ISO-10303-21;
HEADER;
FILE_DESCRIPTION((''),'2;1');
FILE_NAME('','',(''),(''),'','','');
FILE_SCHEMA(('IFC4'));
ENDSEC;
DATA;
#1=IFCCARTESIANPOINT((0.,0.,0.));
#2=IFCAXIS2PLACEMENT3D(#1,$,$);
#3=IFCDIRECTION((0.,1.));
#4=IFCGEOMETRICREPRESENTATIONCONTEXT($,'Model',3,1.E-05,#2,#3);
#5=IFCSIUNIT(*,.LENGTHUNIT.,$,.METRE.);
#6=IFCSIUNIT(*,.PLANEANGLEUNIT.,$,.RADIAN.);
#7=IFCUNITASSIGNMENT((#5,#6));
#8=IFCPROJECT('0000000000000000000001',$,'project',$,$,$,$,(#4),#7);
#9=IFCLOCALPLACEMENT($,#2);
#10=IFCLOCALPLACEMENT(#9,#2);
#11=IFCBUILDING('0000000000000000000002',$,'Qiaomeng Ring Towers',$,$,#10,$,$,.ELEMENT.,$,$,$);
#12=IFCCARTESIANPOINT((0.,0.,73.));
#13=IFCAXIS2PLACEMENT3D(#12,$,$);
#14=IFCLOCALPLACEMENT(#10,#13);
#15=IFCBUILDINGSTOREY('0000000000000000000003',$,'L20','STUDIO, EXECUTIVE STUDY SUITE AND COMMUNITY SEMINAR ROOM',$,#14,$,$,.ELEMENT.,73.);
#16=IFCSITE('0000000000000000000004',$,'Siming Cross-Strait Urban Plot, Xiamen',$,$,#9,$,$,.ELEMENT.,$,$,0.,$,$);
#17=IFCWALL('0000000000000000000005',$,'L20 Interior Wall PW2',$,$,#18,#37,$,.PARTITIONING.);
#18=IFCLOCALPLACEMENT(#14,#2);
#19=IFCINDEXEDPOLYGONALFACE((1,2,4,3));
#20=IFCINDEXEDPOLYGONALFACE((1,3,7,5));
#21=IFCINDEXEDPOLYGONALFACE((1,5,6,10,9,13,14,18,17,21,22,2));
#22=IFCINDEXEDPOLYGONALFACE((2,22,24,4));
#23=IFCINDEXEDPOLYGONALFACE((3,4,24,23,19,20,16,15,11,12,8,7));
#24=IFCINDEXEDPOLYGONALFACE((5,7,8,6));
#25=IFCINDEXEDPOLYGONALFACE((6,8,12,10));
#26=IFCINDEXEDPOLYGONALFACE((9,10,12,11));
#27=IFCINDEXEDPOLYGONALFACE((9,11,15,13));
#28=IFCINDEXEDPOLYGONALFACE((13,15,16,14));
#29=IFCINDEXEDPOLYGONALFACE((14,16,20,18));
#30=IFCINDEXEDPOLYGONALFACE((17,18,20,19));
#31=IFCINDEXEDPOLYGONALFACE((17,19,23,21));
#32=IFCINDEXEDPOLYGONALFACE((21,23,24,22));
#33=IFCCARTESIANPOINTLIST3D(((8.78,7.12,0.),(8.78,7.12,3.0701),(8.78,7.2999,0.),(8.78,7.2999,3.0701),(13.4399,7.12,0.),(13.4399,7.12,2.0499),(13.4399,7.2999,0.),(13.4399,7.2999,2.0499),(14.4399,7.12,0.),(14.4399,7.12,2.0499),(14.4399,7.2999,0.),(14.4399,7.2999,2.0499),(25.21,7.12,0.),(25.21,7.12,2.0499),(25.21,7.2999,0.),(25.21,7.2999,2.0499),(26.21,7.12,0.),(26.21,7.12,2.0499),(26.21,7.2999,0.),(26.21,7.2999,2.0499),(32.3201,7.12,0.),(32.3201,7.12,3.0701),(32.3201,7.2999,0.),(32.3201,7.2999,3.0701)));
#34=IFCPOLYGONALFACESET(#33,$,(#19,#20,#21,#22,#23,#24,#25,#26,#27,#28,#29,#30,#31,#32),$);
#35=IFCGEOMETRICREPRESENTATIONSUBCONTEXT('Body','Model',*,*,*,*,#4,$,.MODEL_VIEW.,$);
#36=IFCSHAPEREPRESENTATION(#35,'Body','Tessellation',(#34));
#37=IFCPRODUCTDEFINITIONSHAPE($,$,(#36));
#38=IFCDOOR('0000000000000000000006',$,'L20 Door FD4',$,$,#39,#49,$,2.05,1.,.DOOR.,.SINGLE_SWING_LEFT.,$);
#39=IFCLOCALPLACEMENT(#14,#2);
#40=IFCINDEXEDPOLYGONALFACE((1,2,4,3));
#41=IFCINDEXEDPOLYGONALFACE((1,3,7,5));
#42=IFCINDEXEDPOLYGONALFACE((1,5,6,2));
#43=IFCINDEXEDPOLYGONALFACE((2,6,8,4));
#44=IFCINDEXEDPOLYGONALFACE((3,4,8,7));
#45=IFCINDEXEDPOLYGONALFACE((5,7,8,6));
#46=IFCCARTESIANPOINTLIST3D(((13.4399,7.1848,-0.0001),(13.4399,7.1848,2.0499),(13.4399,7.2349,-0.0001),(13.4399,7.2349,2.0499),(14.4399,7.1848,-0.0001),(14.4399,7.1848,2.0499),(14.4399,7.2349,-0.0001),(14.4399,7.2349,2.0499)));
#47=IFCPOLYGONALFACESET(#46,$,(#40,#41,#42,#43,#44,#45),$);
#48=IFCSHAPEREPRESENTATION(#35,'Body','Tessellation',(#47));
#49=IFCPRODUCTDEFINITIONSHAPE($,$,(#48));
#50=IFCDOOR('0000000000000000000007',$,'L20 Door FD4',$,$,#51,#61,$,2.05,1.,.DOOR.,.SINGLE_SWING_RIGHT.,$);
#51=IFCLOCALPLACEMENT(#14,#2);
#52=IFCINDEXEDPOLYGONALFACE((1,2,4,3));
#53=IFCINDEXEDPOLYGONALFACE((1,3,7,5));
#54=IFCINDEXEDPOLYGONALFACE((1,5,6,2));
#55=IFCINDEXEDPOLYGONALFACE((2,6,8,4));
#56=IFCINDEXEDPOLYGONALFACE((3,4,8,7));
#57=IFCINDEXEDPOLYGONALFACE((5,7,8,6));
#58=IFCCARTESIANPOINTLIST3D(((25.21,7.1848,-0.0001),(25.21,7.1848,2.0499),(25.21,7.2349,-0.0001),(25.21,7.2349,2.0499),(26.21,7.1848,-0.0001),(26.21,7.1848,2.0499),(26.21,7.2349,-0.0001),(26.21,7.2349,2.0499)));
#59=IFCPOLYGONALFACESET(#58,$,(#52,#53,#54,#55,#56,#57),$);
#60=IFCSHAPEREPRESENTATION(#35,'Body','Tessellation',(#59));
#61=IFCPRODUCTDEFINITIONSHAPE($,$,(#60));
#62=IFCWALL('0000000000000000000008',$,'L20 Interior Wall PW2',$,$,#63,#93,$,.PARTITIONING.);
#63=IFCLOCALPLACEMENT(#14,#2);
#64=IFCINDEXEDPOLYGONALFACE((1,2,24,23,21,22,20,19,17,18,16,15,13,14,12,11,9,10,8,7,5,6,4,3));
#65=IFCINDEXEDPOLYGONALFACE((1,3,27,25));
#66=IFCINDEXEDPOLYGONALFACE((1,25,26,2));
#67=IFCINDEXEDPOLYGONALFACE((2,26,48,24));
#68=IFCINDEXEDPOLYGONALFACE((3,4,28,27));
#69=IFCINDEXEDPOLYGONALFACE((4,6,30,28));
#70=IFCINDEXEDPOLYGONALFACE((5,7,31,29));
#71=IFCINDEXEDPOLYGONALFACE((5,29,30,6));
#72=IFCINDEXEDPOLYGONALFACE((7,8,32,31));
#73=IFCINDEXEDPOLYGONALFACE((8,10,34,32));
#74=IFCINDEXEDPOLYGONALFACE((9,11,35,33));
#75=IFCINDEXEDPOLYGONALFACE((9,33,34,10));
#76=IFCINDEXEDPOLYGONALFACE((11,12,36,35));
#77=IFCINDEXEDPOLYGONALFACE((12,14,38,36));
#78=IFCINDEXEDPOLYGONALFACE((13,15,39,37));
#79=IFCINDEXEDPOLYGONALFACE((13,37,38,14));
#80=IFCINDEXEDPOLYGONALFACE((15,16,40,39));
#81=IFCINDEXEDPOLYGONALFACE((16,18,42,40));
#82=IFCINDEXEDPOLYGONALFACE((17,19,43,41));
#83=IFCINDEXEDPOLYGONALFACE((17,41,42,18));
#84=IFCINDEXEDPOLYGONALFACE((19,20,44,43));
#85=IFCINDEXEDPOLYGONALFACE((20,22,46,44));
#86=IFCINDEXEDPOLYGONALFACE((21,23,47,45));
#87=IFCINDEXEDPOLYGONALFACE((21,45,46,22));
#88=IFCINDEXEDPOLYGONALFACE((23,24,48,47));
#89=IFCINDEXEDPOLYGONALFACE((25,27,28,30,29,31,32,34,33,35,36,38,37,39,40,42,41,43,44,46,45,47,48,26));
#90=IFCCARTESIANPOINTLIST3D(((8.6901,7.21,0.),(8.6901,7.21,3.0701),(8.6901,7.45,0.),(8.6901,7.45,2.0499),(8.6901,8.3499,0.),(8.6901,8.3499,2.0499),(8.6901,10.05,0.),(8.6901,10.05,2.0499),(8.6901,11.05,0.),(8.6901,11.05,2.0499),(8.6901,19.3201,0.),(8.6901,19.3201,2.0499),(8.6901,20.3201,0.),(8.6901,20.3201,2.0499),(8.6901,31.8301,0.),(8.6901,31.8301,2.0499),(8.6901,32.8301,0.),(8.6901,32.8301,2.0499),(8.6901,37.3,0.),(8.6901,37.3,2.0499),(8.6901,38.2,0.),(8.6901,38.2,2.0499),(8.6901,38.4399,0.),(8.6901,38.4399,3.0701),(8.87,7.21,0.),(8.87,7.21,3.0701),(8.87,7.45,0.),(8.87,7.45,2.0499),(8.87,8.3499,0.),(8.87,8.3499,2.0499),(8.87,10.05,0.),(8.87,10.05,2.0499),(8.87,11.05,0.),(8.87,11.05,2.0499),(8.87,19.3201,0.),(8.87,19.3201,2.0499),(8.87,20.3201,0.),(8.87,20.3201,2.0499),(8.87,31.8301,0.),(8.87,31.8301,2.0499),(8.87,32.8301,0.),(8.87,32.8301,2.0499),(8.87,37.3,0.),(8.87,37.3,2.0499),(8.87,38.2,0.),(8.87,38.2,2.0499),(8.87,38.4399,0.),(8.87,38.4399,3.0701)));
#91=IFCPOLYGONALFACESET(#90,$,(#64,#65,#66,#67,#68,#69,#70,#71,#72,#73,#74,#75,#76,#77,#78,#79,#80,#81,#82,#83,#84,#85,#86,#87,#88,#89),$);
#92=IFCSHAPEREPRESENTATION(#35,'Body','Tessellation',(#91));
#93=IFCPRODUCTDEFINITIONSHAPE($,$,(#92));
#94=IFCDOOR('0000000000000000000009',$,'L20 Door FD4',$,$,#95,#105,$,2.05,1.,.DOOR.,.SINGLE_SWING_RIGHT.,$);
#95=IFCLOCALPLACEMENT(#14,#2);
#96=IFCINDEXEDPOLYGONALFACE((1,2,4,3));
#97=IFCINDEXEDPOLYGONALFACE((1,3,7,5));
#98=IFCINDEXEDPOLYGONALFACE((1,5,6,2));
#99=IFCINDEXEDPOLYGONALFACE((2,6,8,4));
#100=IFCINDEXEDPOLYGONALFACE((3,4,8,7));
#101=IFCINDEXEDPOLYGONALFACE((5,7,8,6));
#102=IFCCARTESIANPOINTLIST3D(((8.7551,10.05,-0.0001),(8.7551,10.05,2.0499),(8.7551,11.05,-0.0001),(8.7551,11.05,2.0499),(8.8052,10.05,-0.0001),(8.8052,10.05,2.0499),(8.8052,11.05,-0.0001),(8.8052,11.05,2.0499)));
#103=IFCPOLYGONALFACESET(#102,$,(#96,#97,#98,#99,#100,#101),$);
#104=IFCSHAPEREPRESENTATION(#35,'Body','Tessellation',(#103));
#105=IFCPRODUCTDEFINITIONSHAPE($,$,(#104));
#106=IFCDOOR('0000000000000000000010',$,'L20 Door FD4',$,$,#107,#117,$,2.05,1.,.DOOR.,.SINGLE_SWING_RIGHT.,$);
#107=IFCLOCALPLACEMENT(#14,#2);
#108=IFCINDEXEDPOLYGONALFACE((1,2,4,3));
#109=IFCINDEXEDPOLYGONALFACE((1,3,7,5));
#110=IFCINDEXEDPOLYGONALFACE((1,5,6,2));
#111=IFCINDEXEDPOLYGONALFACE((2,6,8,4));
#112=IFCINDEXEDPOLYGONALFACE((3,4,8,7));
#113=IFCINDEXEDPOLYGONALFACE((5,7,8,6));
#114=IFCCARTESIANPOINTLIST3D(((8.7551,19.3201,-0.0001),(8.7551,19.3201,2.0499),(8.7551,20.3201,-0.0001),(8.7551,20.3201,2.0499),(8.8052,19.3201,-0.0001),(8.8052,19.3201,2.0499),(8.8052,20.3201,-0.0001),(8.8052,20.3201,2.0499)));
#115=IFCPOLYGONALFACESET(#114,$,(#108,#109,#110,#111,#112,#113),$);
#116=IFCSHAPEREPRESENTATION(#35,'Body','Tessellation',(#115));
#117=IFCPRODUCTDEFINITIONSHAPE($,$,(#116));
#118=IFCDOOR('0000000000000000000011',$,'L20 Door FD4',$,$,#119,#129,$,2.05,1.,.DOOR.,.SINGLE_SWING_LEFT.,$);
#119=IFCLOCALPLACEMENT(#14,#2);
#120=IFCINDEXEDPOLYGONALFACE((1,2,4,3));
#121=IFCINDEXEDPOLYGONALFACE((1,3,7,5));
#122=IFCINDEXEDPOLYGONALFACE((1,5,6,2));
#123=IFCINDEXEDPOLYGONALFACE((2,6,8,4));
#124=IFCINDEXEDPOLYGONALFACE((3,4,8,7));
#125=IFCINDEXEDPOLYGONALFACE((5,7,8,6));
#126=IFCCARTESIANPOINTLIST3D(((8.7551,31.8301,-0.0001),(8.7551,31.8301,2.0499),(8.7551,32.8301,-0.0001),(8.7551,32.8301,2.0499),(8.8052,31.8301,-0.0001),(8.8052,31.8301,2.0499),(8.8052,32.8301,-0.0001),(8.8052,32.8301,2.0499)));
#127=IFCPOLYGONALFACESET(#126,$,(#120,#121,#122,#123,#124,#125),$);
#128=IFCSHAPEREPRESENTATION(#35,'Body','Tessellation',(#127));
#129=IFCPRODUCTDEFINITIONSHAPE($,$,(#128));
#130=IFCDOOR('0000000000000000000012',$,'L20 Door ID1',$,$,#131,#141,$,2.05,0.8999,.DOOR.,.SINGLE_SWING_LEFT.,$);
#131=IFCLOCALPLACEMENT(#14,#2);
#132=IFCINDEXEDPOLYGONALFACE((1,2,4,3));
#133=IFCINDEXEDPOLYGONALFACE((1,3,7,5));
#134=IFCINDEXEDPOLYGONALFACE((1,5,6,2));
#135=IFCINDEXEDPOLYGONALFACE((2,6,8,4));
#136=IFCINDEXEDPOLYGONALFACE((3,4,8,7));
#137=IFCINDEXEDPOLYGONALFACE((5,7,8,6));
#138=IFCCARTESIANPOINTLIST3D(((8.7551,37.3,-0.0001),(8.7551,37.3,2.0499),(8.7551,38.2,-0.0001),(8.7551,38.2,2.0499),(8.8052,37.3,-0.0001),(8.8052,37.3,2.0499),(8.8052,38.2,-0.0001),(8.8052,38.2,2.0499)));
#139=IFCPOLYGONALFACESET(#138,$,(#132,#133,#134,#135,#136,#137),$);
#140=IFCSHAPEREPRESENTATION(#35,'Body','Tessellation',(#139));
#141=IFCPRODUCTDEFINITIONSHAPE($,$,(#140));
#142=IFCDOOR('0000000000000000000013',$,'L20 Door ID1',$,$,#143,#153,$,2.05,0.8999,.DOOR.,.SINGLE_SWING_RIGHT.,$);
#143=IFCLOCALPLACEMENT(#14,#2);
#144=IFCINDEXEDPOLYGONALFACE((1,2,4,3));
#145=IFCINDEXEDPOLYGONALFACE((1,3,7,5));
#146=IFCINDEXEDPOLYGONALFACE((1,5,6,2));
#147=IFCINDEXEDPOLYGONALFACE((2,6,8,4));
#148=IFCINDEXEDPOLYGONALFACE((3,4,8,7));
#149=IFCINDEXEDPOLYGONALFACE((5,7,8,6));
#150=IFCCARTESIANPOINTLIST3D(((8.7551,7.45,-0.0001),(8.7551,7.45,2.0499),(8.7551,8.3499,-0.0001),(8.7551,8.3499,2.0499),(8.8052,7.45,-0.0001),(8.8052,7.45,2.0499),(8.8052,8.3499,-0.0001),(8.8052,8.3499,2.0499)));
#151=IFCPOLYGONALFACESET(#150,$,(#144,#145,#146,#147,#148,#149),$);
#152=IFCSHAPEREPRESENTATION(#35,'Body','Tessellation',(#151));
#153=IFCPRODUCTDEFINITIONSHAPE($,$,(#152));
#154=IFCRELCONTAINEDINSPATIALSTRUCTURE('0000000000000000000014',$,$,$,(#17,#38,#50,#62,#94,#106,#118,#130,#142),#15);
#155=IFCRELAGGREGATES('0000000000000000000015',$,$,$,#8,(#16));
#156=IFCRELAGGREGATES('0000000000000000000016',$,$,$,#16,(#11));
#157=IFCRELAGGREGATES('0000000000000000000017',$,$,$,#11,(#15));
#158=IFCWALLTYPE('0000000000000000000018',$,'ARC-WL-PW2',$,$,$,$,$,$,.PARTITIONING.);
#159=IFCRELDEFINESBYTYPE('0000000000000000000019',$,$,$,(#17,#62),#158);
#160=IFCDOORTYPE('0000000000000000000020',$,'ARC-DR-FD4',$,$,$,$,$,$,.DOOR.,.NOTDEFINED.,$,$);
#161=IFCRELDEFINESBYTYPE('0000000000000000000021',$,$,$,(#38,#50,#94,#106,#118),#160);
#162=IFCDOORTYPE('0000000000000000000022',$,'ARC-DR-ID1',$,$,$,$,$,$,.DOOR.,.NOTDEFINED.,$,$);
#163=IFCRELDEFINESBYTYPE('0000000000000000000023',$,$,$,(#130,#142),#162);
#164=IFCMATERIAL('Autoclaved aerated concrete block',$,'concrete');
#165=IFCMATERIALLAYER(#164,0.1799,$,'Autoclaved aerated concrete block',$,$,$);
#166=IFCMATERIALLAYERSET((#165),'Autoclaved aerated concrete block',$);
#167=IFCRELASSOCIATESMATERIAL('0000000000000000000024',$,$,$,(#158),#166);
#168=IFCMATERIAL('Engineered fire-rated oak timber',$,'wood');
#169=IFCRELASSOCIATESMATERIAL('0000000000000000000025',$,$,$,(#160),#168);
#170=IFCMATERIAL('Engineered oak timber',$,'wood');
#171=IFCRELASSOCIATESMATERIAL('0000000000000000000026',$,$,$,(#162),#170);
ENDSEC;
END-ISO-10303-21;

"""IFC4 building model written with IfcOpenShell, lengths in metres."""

from ifc_helpers import new_model, si_unit, direction, frame, frame_2d, origin, place, context, subcontext, project, spatial, rectangle, extrude, source, transform, mapped, material, layer, layer_set, type_object, element, fill, save


model = new_model("IFC4")

# Units and contexts
model_context = context("Model", 3, precision=1e-05, world=origin(), true_north=direction((0.0, 1.0)))
body_context = subcontext(model_context, "Body", "Model", "MODEL_VIEW")
ifc_project = project(units=[si_unit("LENGTHUNIT", "METRE"), si_unit("PLANEANGLEUNIT", "RADIAN")], contexts=[model_context])

# Site, building, storey
site_placement = place(None, origin())
site = spatial("IfcSite", under=ifc_project, at=site_placement, Name="Siming Cross-Strait Urban Plot, Xiamen", CompositionType="ELEMENT", RefElevation=0.0)
building_placement = place(site_placement, origin())
building = spatial("IfcBuilding", under=site, at=building_placement, Name="Qiaomeng Ring Towers", CompositionType="ELEMENT")
storey_placement = place(building_placement, frame((0.0, 0.0, 73.0)))
storey = spatial("IfcBuildingStorey", under=building, at=storey_placement, Name="L20", Description="STUDIO, EXECUTIVE STUDY SUITE AND COMMUNITY SEMINAR ROOM", CompositionType="ELEMENT", Elevation=73.0)

# Walls, openings, doors
ifc_material_1 = material(Name="Autoclaved aerated concrete block", Category="concrete")
ifc_layer_1 = layer(ifc_material_1, 0.1799, Name="Autoclaved aerated concrete block")
ifc_layer_set_1 = layer_set([ifc_layer_1], Name="Autoclaved aerated concrete block")
wall_type_1 = type_object("IfcWallType", Name="ARC-WL-PW2", PredefinedType="PARTITIONING", material=ifc_layer_set_1)
wall_1_placement = place(storey_placement, frame((8.78, 7.21, 0.0), z_axis=(0.0, 0.0, 1.0), x_axis=(1.0, 0.0, 0.0)))
wall_1 = element("IfcWall", 1, at=wall_1_placement, inside=storey, type_object=wall_type_1, Name="L20 Interior Wall PW2", PredefinedType="PARTITIONING", context=body_context, shape_type="SweptSolid", body=[
    extrude(rectangle(XDim=23.54, YDim=0.1799, at=frame_2d((11.77, 0.0))), origin(), (0.0, 0.0, 1.0), 3.0701),
])
opening_1_placement = place(wall_1_placement, frame((4.6599, 0.0, 0.0)))
opening_1 = element("IfcOpeningElement", 2, at=opening_1_placement, cuts=wall_1, PredefinedType="OPENING", context=body_context, shape_type="SweptSolid", body=[
    extrude(rectangle(XDim=1.0, YDim=2.05, at=frame_2d((0.5, 1.0249))), frame((0.0, 0.0999, 0.0), z_axis=(0.0, -1.0, 0.0), x_axis=(1.0, 0.0, 0.0)), (0.0, 0.0, 1.0), 0.2),
])
opening_2_placement = place(wall_1_placement, frame((16.4299, 0.0, 0.0)))
opening_2 = element("IfcOpeningElement", 3, at=opening_2_placement, cuts=wall_1, PredefinedType="OPENING", context=body_context, shape_type="SweptSolid", body=[
    extrude(rectangle(XDim=1.0, YDim=2.05, at=frame_2d((0.5, 1.0249))), frame((0.0, 0.0999, 0.0), z_axis=(0.0, -1.0, 0.0), x_axis=(1.0, 0.0, 0.0)), (0.0, 0.0, 1.0), 0.2),
])
ifc_material_2 = material(Name="Engineered fire-rated oak timber", Category="wood")
door_type_1 = type_object("IfcDoorType", Name="ARC-DR-FD4", OperationType="NOTDEFINED", PredefinedType="DOOR", material=ifc_material_2)
shared_shape_1 = source(origin(), body_context, "Body", "SweptSolid", [
    extrude(rectangle(XDim=1.0, YDim=2.05, at=frame_2d((0.5, 1.0249))), frame((0.0, 0.0249, 0.0), z_axis=(0.0, -1.0, 0.0), x_axis=(1.0, 0.0, 0.0)), (0.0, 0.0, 1.0), 0.05),
])
door_1_placement = place(opening_1_placement, origin())
door_1 = element("IfcDoor", 4, at=door_1_placement, inside=storey, type_object=door_type_1, Name="L20 Door FD4", OperationType="SINGLE_SWING_LEFT", OverallHeight=2.05, OverallWidth=1.0, PredefinedType="DOOR", context=body_context, shape_type="MappedRepresentation", body=[
    mapped(shared_shape_1, transform((0.0, 0.0, 0.0), x_axis=(1.0, 0.0, 0.0), y_axis=(0.0, 1.0, 0.0), z_axis=(0.0, 0.0, 1.0), scale=1.0)),
])
fill(opening_1, door_1)
door_2_placement = place(opening_2_placement, origin())
door_2 = element("IfcDoor", 5, at=door_2_placement, inside=storey, type_object=door_type_1, Name="L20 Door FD4", OperationType="SINGLE_SWING_RIGHT", OverallHeight=2.05, OverallWidth=1.0, PredefinedType="DOOR", context=body_context, shape_type="MappedRepresentation", body=[
    mapped(shared_shape_1, transform((0.0, 0.0, 0.0), x_axis=(1.0, 0.0, 0.0), y_axis=(0.0, 1.0, 0.0), z_axis=(0.0, 0.0, 1.0), scale=1.0)),
])
fill(opening_2, door_2)
wall_2_placement = place(storey_placement, frame((8.78, 7.21, 0.0), z_axis=(0.0, 0.0, 1.0), x_axis=(0.0, 1.0, 0.0)))
wall_2 = element("IfcWall", 6, at=wall_2_placement, inside=storey, type_object=wall_type_1, Name="L20 Interior Wall PW2", PredefinedType="PARTITIONING", context=body_context, shape_type="SweptSolid", body=[
    extrude(rectangle(XDim=31.23, YDim=0.1799, at=frame_2d((15.615, 0.0))), origin(), (0.0, 0.0, 1.0), 3.0701),
])
opening_3_placement = place(wall_2_placement, frame((30.0901, 0.0, 0.0)))
opening_3 = element("IfcOpeningElement", 7, at=opening_3_placement, cuts=wall_2, PredefinedType="OPENING", context=body_context, shape_type="SweptSolid", body=[
    extrude(rectangle(XDim=0.8999, YDim=2.05, at=frame_2d((0.45, 1.0249))), frame((0.0, 0.0999, 0.0), z_axis=(0.0, -1.0, 0.0), x_axis=(1.0, 0.0, 0.0)), (0.0, 0.0, 1.0), 0.2),
])
opening_4_placement = place(wall_2_placement, frame((0.24, 0.0, 0.0)))
opening_4 = element("IfcOpeningElement", 8, at=opening_4_placement, cuts=wall_2, PredefinedType="OPENING", context=body_context, shape_type="SweptSolid", body=[
    extrude(rectangle(XDim=0.8999, YDim=2.05, at=frame_2d((0.45, 1.0249))), frame((0.0, 0.0999, 0.0), z_axis=(0.0, -1.0, 0.0), x_axis=(1.0, 0.0, 0.0)), (0.0, 0.0, 1.0), 0.2),
])
opening_5_placement = place(wall_2_placement, frame((2.8401, 0.0, 0.0)))
opening_5 = element("IfcOpeningElement", 9, at=opening_5_placement, cuts=wall_2, PredefinedType="OPENING", context=body_context, shape_type="SweptSolid", body=[
    extrude(rectangle(XDim=1.0, YDim=2.05, at=frame_2d((0.5, 1.0249))), frame((0.0, 0.0999, 0.0), z_axis=(0.0, -1.0, 0.0), x_axis=(1.0, 0.0, 0.0)), (0.0, 0.0, 1.0), 0.2),
])
opening_6_placement = place(wall_2_placement, frame((12.1101, 0.0, 0.0)))
opening_6 = element("IfcOpeningElement", 10, at=opening_6_placement, cuts=wall_2, PredefinedType="OPENING", context=body_context, shape_type="SweptSolid", body=[
    extrude(rectangle(XDim=1.0, YDim=2.05, at=frame_2d((0.5, 1.0249))), frame((0.0, 0.0999, 0.0), z_axis=(0.0, -1.0, 0.0), x_axis=(1.0, 0.0, 0.0)), (0.0, 0.0, 1.0), 0.2),
])
opening_7_placement = place(wall_2_placement, frame((24.6201, 0.0, 0.0)))
opening_7 = element("IfcOpeningElement", 11, at=opening_7_placement, cuts=wall_2, PredefinedType="OPENING", context=body_context, shape_type="SweptSolid", body=[
    extrude(rectangle(XDim=1.0, YDim=2.05, at=frame_2d((0.5, 1.0249))), frame((0.0, 0.0999, 0.0), z_axis=(0.0, -1.0, 0.0), x_axis=(1.0, 0.0, 0.0)), (0.0, 0.0, 1.0), 0.2),
])
door_3_placement = place(opening_5_placement, origin())
door_3 = element("IfcDoor", 12, at=door_3_placement, inside=storey, type_object=door_type_1, Name="L20 Door FD4", OperationType="SINGLE_SWING_RIGHT", OverallHeight=2.05, OverallWidth=1.0, PredefinedType="DOOR", context=body_context, shape_type="MappedRepresentation", body=[
    mapped(shared_shape_1, transform((0.0, 0.0, 0.0), x_axis=(1.0, 0.0, 0.0), y_axis=(0.0, 1.0, 0.0), z_axis=(0.0, 0.0, 1.0), scale=1.0)),
])
fill(opening_5, door_3)
door_4_placement = place(opening_6_placement, origin())
door_4 = element("IfcDoor", 13, at=door_4_placement, inside=storey, type_object=door_type_1, Name="L20 Door FD4", OperationType="SINGLE_SWING_RIGHT", OverallHeight=2.05, OverallWidth=1.0, PredefinedType="DOOR", context=body_context, shape_type="MappedRepresentation", body=[
    mapped(shared_shape_1, transform((0.0, 0.0, 0.0), x_axis=(1.0, 0.0, 0.0), y_axis=(0.0, 1.0, 0.0), z_axis=(0.0, 0.0, 1.0), scale=1.0)),
])
fill(opening_6, door_4)
door_5_placement = place(opening_7_placement, origin())
door_5 = element("IfcDoor", 14, at=door_5_placement, inside=storey, type_object=door_type_1, Name="L20 Door FD4", OperationType="SINGLE_SWING_LEFT", OverallHeight=2.05, OverallWidth=1.0, PredefinedType="DOOR", context=body_context, shape_type="MappedRepresentation", body=[
    mapped(shared_shape_1, transform((0.0, 0.0, 0.0), x_axis=(1.0, 0.0, 0.0), y_axis=(0.0, 1.0, 0.0), z_axis=(0.0, 0.0, 1.0), scale=1.0)),
])
fill(opening_7, door_5)
ifc_material_3 = material(Name="Engineered oak timber", Category="wood")
door_type_2 = type_object("IfcDoorType", Name="ARC-DR-ID1", OperationType="NOTDEFINED", PredefinedType="DOOR", material=ifc_material_3)
shared_shape_2 = source(origin(), body_context, "Body", "SweptSolid", [
    extrude(rectangle(XDim=0.8999, YDim=2.05, at=frame_2d((0.45, 1.0249))), frame((0.0, 0.0249, 0.0), z_axis=(0.0, -1.0, 0.0), x_axis=(1.0, 0.0, 0.0)), (0.0, 0.0, 1.0), 0.05),
])
door_6_placement = place(opening_3_placement, origin())
door_6 = element("IfcDoor", 15, at=door_6_placement, inside=storey, type_object=door_type_2, Name="L20 Door ID1", OperationType="SINGLE_SWING_LEFT", OverallHeight=2.05, OverallWidth=0.8999, PredefinedType="DOOR", context=body_context, shape_type="MappedRepresentation", body=[
    mapped(shared_shape_2, transform((0.0, 0.0, 0.0), x_axis=(1.0, 0.0, 0.0), y_axis=(0.0, 1.0, 0.0), z_axis=(0.0, 0.0, 1.0), scale=1.0)),
])
fill(opening_3, door_6)
door_7_placement = place(opening_4_placement, origin())
door_7 = element("IfcDoor", 16, at=door_7_placement, inside=storey, type_object=door_type_2, Name="L20 Door ID1", OperationType="SINGLE_SWING_RIGHT", OverallHeight=2.05, OverallWidth=0.8999, PredefinedType="DOOR", context=body_context, shape_type="MappedRepresentation", body=[
    mapped(shared_shape_2, transform((0.0, 0.0, 0.0), x_axis=(1.0, 0.0, 0.0), y_axis=(0.0, 1.0, 0.0), z_axis=(0.0, 0.0, 1.0), scale=1.0)),
])
fill(opening_4, door_7)

save(model, "model.ifc")
